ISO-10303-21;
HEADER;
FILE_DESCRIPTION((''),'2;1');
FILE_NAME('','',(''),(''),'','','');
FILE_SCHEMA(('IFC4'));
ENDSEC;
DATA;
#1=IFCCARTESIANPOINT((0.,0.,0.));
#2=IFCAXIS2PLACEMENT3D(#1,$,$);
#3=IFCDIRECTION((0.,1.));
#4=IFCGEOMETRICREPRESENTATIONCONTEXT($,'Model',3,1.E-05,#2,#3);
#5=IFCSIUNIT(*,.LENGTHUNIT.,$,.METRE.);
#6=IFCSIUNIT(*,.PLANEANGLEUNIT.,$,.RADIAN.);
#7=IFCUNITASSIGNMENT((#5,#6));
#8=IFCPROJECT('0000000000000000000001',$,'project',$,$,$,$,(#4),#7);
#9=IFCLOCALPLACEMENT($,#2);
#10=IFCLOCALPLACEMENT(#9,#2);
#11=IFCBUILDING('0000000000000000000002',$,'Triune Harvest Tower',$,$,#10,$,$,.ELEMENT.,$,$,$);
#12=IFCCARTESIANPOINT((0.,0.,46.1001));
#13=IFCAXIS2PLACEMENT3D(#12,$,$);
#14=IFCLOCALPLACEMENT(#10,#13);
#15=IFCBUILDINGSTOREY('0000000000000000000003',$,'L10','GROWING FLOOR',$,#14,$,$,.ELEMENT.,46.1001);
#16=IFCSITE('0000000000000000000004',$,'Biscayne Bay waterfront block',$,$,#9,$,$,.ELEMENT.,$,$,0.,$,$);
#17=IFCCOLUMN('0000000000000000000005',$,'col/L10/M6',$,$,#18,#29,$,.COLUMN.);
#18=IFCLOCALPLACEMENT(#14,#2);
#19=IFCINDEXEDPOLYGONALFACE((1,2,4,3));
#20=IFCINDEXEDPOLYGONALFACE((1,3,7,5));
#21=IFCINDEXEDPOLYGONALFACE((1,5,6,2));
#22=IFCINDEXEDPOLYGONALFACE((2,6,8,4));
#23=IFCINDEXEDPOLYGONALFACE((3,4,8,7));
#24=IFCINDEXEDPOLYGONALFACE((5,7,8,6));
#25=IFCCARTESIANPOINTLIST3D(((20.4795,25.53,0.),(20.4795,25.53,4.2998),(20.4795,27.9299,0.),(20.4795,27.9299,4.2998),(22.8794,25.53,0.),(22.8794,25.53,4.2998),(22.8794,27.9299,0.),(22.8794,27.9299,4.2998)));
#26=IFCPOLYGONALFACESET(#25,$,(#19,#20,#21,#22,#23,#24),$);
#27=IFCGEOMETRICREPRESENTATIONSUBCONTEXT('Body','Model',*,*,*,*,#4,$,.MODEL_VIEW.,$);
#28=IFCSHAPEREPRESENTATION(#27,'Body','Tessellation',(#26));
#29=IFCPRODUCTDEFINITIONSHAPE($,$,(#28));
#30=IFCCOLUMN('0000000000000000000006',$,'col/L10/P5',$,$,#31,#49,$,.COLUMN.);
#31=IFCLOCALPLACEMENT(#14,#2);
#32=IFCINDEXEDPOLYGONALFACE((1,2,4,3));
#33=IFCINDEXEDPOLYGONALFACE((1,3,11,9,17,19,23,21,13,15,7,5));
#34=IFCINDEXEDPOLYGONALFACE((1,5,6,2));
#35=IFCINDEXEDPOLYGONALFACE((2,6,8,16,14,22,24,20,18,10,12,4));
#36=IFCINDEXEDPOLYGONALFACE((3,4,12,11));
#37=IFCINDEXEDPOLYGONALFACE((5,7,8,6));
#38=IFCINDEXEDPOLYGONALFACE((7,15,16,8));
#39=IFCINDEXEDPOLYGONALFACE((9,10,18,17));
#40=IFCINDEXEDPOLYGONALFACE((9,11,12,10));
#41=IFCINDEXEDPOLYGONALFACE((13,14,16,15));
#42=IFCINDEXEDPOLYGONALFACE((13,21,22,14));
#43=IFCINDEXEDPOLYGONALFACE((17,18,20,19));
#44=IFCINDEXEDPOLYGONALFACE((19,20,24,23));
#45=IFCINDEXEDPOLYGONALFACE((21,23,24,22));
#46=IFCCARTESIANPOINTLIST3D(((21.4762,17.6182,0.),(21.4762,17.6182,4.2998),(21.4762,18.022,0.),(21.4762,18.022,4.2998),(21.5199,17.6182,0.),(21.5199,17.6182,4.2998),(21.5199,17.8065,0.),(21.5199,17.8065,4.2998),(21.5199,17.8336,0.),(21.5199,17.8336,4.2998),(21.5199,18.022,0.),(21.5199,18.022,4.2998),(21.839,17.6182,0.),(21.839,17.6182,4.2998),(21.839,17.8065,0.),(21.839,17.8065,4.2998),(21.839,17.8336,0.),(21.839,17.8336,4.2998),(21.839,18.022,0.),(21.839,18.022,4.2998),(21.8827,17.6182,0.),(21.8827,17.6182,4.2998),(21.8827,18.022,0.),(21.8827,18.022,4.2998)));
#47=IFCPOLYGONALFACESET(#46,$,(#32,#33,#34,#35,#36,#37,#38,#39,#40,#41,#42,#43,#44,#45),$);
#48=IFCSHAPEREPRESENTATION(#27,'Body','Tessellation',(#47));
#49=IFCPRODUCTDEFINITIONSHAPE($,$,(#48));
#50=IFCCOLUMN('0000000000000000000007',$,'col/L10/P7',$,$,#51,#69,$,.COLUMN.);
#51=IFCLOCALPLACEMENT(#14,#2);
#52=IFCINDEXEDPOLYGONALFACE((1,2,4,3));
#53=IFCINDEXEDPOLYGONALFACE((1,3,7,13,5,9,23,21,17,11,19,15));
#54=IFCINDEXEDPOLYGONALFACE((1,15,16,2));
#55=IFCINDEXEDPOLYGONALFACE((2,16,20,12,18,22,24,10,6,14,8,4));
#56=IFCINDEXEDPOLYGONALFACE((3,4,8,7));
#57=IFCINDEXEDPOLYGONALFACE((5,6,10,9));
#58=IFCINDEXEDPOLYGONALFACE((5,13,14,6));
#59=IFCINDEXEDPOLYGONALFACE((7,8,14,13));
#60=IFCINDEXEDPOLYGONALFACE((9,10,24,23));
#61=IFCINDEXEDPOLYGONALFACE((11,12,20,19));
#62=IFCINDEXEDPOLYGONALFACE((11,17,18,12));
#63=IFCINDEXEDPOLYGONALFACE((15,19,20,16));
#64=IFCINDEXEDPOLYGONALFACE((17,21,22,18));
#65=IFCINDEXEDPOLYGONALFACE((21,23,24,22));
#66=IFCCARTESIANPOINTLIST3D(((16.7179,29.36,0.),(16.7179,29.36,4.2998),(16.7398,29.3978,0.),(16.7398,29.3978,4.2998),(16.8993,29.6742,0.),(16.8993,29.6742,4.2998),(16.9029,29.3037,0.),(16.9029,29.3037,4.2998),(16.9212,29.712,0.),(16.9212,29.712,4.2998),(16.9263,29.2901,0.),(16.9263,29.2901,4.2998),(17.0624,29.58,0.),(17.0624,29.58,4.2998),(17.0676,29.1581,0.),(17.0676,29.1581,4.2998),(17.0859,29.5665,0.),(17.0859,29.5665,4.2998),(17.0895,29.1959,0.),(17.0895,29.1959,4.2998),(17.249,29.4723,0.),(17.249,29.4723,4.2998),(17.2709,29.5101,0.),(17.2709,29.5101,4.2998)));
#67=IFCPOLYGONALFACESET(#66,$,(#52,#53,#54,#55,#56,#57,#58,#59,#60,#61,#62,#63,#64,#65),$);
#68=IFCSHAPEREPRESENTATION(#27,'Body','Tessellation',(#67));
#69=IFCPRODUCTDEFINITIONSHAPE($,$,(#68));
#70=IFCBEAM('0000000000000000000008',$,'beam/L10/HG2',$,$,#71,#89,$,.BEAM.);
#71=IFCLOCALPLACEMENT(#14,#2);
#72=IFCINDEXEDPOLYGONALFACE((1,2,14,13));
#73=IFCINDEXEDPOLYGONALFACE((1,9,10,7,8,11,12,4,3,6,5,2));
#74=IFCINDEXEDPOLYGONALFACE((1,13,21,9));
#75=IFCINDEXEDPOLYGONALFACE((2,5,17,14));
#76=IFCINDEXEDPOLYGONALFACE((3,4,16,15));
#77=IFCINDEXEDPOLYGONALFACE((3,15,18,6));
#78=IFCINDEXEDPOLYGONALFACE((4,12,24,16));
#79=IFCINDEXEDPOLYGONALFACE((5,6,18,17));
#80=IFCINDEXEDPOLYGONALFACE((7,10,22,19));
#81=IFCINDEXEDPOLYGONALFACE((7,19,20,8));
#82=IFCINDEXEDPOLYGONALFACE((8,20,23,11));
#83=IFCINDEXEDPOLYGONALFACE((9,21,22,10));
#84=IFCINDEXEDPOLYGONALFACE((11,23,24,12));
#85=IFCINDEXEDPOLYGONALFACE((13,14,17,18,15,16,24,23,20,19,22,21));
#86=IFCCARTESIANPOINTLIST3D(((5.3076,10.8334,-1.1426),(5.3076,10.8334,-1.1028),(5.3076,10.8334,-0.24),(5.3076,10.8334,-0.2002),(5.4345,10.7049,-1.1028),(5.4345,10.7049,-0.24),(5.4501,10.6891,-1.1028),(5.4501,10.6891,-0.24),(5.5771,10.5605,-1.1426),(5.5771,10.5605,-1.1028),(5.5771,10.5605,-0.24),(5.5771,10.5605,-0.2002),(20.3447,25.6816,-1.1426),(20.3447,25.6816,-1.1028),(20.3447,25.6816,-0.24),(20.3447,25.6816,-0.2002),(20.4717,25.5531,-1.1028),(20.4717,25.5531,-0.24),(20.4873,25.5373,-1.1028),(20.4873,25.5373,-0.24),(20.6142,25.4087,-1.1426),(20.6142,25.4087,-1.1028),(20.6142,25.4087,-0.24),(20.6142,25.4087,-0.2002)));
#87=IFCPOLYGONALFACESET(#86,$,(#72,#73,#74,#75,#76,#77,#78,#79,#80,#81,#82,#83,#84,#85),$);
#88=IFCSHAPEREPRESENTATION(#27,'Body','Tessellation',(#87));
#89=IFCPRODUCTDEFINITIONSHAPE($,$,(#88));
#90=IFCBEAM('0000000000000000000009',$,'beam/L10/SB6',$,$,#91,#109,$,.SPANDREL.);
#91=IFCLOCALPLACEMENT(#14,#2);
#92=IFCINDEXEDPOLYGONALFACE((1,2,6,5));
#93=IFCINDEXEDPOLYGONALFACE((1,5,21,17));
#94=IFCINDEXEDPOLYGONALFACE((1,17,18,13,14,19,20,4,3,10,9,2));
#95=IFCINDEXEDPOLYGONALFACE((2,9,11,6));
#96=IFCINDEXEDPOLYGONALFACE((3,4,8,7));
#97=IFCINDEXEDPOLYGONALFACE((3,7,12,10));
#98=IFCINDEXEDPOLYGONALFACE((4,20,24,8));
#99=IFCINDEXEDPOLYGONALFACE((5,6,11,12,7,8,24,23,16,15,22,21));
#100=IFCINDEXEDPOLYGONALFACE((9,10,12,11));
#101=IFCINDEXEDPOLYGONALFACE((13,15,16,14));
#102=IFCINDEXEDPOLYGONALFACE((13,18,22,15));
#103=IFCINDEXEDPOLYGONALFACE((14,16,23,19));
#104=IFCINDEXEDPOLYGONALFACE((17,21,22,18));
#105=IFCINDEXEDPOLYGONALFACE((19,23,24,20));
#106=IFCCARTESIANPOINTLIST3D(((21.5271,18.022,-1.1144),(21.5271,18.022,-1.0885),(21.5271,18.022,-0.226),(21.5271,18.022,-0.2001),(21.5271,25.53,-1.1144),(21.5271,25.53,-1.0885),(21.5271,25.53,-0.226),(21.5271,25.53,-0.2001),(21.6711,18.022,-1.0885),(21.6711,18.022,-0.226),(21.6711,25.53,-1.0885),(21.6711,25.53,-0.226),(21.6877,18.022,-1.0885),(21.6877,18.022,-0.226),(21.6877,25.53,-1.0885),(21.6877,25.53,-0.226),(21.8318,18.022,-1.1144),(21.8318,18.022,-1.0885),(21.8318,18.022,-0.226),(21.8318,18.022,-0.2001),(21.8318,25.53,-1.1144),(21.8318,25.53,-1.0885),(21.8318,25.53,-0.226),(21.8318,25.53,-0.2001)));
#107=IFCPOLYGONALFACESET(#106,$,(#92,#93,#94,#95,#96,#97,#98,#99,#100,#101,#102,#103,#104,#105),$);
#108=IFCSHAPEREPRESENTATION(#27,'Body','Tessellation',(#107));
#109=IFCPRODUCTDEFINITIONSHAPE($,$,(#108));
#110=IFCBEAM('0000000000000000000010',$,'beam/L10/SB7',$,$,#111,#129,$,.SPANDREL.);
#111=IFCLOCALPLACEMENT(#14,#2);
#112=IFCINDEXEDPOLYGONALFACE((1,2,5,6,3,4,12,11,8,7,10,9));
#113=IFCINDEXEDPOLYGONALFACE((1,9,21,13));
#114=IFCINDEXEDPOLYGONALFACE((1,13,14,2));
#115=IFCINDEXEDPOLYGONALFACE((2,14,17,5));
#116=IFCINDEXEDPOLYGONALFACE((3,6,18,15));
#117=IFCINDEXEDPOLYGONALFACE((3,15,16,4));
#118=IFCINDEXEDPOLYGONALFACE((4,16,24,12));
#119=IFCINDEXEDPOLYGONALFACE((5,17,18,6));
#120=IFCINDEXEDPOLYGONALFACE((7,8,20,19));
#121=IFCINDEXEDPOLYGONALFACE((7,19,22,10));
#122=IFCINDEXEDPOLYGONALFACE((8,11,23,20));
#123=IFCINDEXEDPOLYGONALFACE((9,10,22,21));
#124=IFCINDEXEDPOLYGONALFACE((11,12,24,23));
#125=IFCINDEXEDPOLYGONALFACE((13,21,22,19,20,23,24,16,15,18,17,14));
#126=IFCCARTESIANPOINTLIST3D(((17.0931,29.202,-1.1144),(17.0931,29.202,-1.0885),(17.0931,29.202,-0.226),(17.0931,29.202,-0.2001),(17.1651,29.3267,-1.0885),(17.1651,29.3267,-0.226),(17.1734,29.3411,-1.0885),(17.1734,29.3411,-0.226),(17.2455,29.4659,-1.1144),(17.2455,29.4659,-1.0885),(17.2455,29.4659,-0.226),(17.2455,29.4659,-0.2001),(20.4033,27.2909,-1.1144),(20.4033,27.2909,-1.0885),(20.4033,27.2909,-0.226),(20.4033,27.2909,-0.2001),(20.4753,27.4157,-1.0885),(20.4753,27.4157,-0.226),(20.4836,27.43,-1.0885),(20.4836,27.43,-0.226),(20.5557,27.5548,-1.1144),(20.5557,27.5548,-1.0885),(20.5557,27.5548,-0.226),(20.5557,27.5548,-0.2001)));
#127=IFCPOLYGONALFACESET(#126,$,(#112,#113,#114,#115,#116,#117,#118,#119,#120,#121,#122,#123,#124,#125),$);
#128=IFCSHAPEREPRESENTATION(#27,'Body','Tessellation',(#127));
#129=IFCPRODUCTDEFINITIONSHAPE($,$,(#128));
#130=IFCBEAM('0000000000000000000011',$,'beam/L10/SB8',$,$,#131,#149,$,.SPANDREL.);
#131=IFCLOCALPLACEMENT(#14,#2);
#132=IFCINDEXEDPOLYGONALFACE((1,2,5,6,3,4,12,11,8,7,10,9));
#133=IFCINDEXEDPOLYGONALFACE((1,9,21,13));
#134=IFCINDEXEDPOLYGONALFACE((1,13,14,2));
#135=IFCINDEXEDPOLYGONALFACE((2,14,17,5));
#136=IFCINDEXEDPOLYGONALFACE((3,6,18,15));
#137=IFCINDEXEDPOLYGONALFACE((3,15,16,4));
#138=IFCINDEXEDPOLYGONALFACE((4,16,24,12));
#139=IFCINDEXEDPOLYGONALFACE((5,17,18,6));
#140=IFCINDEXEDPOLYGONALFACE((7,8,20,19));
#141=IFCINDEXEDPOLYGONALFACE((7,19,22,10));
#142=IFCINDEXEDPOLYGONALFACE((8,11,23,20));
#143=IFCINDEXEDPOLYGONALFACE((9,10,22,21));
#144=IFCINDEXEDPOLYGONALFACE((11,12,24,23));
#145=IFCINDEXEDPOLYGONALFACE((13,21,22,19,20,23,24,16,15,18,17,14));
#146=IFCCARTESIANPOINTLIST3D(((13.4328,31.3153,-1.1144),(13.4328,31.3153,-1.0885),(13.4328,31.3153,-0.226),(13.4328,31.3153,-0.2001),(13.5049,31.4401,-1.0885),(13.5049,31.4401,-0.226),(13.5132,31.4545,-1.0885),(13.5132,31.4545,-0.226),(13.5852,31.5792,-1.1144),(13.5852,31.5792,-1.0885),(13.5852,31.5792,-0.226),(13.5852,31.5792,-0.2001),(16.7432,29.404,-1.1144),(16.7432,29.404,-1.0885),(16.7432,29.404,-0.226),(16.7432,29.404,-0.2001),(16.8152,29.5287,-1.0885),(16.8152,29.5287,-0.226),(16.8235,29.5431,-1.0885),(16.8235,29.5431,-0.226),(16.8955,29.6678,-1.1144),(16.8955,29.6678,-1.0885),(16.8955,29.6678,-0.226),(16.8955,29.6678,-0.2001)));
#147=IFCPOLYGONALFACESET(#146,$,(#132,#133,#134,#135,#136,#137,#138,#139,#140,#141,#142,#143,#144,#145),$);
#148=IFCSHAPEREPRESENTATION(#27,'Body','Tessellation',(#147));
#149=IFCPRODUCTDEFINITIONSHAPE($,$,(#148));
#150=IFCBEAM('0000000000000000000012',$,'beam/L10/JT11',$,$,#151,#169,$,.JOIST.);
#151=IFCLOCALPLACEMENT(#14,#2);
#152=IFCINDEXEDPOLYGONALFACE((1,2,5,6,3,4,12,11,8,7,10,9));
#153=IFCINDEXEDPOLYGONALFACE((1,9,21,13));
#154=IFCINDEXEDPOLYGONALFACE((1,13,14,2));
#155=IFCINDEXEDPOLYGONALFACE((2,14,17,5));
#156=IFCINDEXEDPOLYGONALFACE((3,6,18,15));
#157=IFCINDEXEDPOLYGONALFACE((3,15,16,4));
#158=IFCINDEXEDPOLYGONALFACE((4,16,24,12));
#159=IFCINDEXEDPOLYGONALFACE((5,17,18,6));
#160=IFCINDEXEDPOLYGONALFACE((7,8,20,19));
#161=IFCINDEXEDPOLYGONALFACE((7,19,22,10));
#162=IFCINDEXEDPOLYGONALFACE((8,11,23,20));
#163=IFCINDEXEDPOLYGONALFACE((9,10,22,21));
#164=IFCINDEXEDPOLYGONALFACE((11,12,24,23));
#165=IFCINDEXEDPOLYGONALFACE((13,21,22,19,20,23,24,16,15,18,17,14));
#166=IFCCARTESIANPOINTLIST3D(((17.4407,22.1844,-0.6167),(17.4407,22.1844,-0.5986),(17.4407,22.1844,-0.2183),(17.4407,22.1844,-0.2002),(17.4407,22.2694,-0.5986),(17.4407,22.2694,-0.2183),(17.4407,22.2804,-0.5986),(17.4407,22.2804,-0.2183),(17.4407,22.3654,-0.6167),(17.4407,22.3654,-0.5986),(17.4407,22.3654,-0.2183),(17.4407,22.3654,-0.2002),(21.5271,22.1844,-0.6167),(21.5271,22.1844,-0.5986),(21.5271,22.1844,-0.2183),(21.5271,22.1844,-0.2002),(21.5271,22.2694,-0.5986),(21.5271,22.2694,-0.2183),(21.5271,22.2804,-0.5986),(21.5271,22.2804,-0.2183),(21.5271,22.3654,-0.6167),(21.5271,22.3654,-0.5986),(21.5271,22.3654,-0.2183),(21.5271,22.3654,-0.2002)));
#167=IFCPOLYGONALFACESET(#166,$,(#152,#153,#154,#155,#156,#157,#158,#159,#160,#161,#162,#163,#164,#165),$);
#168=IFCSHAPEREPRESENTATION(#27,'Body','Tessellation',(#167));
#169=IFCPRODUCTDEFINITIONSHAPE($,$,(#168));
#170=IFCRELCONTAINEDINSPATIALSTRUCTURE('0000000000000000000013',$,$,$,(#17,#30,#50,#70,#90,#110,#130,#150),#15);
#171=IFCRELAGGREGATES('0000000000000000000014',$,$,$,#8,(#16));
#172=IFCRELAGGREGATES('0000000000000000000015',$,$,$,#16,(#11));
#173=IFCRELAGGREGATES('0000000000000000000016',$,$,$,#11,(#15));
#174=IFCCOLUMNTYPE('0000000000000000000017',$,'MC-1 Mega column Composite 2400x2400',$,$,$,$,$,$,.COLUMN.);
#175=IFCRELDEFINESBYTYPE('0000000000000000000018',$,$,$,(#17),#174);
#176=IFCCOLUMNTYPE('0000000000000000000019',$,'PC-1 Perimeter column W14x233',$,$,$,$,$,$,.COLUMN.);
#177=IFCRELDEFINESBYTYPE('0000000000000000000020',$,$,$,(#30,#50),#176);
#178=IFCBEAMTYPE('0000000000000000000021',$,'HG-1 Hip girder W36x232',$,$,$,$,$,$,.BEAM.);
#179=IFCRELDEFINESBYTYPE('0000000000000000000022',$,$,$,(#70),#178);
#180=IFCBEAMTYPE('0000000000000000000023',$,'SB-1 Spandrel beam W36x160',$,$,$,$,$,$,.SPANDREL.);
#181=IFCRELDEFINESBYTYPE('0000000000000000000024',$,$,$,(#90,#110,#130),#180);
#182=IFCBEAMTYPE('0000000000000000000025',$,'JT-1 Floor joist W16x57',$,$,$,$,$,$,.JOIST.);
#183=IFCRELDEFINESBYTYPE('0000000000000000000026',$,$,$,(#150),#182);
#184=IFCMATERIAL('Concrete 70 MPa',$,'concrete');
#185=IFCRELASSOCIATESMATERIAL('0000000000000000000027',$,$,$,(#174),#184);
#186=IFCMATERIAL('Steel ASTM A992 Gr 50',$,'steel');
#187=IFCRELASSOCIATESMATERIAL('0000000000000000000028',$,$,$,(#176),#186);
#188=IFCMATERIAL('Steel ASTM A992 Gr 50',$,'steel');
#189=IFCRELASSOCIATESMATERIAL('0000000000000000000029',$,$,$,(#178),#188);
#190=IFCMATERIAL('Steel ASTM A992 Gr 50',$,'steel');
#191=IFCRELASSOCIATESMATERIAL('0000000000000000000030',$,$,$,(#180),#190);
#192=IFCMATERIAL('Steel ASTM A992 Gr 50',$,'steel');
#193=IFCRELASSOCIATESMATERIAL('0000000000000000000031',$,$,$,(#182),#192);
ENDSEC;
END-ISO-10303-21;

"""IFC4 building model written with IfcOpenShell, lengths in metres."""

from ifc_helpers import new_model, si_unit, direction, frame, origin, origin_2d, place, context, subcontext, project, spatial, rectangle, i_section, extrude, source, transform, mapped, material, material_profile, profile_set, type_object, element, save


model = new_model("IFC4")

# Units and contexts
model_context = context("Model", 3, precision=1e-05, world=origin(), true_north=direction((0.0, 1.0)))
body_context = subcontext(model_context, "Body", "Model", "MODEL_VIEW")
ifc_project = project(units=[si_unit("LENGTHUNIT", "METRE"), si_unit("PLANEANGLEUNIT", "RADIAN")], contexts=[model_context])

# Site, building, storey
site_placement = place(None, origin())
site = spatial("IfcSite", under=ifc_project, at=site_placement, Name="Biscayne Bay waterfront block", CompositionType="ELEMENT", RefElevation=0.0)
building_placement = place(site_placement, origin())
building = spatial("IfcBuilding", under=site, at=building_placement, Name="Triune Harvest Tower", CompositionType="ELEMENT")
storey_placement = place(building_placement, frame((0.0, 0.0, 46.1001)))
storey = spatial("IfcBuildingStorey", under=building, at=storey_placement, Name="L10", Description="GROWING FLOOR", CompositionType="ELEMENT", Elevation=46.1001)

# Columns
ifc_material_1 = material(Name="Concrete 70 MPa", Category="concrete")
ifc_material_profile_1 = material_profile(ifc_material_1, rectangle(XDim=2.3999, YDim=2.3999, at=origin_2d()), Name="Composite 2400x2400")
ifc_profile_set_1 = profile_set([ifc_material_profile_1], Name="Concrete 70 MPa")
column_type_1 = type_object("IfcColumnType", Name="MC-1 Mega column Composite 2400x2400", PredefinedType="COLUMN", material=ifc_profile_set_1)
shared_shape_1 = source(origin(), body_context, "Body", "SweptSolid", [
    extrude(rectangle(XDim=2.3999, YDim=2.3999, at=origin_2d()), origin(), (0.0, 0.0, 1.0), 4.2998),
])
column_placement = place(storey_placement, frame((21.6794, 26.73, 0.0), z_axis=(0.0, 0.0, 1.0), x_axis=(0.0, 1.0, 0.0)))
element("IfcColumn", 1, at=column_placement, inside=storey, type_object=column_type_1, Name="col/L10/M6", PredefinedType="COLUMN", context=body_context, shape_type="MappedRepresentation", body=[
    mapped(shared_shape_1, transform((0.0, 0.0, 0.0), scale=1.0)),
])
ifc_material_2 = material(Name="Steel ASTM A992 Gr 50", Category="steel")
ifc_material_profile_2 = material_profile(ifc_material_2, i_section(OverallWidth=0.4038, OverallDepth=0.4065, WebThickness=0.0271, FlangeThickness=0.0437, at=origin_2d()), Name="W14x233")
ifc_profile_set_2 = profile_set([ifc_material_profile_2], Name="Steel ASTM A992 Gr 50")
column_type_2 = type_object("IfcColumnType", Name="PC-1 Perimeter column W14x233", PredefinedType="COLUMN", material=ifc_profile_set_2)
shared_shape_2 = source(origin(), body_context, "Body", "SweptSolid", [
    extrude(i_section(OverallWidth=0.4038, OverallDepth=0.4065, WebThickness=0.0271, FlangeThickness=0.0437, at=origin_2d()), origin(), (0.0, 0.0, 1.0), 4.2998),
])
for number, where, z_axis, x_axis, name in (
    (2, (21.6794, 17.8201, 0.0), (0.0, 0.0, 1.0), (0.0, 1.0, 0.0), "col/L10/P5"),
    (3, (16.9944, 29.4351, 0.0), (0.0, 0.0, 1.0), (-0.866026, 0.499998, 0.0), "col/L10/P7"),
):
    element("IfcColumn", number, at=place(storey_placement, frame(where, z_axis=z_axis, x_axis=x_axis)), inside=storey, type_object=column_type_2, Name=name, PredefinedType="COLUMN", context=body_context, shape_type="MappedRepresentation", body=[
        mapped(shared_shape_2, transform((0.0, 0.0, 0.0), scale=1.0)),
    ])

# Beams
ifc_material_3 = material(Name="Steel ASTM A992 Gr 50", Category="steel")
ifc_material_profile_3 = material_profile(ifc_material_3, i_section(OverallWidth=0.3835, OverallDepth=0.9424, WebThickness=0.0222, FlangeThickness=0.0398, at=origin_2d()), Name="W36x232")
ifc_profile_set_3 = profile_set([ifc_material_profile_3], Name="Steel ASTM A992 Gr 50")
beam_type_1 = type_object("IfcBeamType", Name="HG-1 Hip girder W36x232", PredefinedType="BEAM", material=ifc_profile_set_3)
shared_shape_3 = source(origin(), body_context, "Body", "SweptSolid", [
    extrude(i_section(OverallWidth=0.3835, OverallDepth=0.9424, WebThickness=0.0222, FlangeThickness=0.0398, at=origin_2d()), origin(), (0.0, 0.0, 1.0), 21.1326),
])
beam_1_placement = place(storey_placement, frame((20.4795, 25.5452, -0.6714), z_axis=(-0.711564, -0.702622, 0.0), x_axis=(0.702622, -0.711564, 0.0)))
element("IfcBeam", 4, at=beam_1_placement, inside=storey, type_object=beam_type_1, Name="beam/L10/HG2", PredefinedType="BEAM", context=body_context, shape_type="MappedRepresentation", body=[
    mapped(shared_shape_3, transform((0.0, 0.0, 0.0), scale=1.0)),
])
ifc_material_4 = material(Name="Steel ASTM A992 Gr 50", Category="steel")
ifc_material_profile_4 = material_profile(ifc_material_4, i_section(OverallWidth=0.3047, OverallDepth=0.9143, WebThickness=0.0166, FlangeThickness=0.0259, at=origin_2d()), Name="W36x160")
ifc_profile_set_4 = profile_set([ifc_material_profile_4], Name="Steel ASTM A992 Gr 50")
beam_type_2 = type_object("IfcBeamType", Name="SB-1 Spandrel beam W36x160", PredefinedType="SPANDREL", material=ifc_profile_set_4)
shared_shape_4 = source(origin(), body_context, "Body", "SweptSolid", [
    extrude(i_section(OverallWidth=0.3047, OverallDepth=0.9143, WebThickness=0.0166, FlangeThickness=0.0259, at=origin_2d()), origin(), (0.0, 0.0, 1.0), 7.5081),
])
beam_2_placement = place(storey_placement, frame((21.6794, 18.022, -0.6572), z_axis=(0.0, 1.0, 0.0), x_axis=(-1.0, 0.0, 0.0)))
element("IfcBeam", 5, at=beam_2_placement, inside=storey, type_object=beam_type_2, Name="beam/L10/SB6", PredefinedType="SPANDREL", context=body_context, shape_type="MappedRepresentation", body=[
    mapped(shared_shape_4, transform((0.0, 0.0, 0.0), scale=1.0)),
])
shared_shape_5 = source(origin(), body_context, "Body", "SweptSolid", [
    extrude(i_section(OverallWidth=0.3047, OverallDepth=0.9143, WebThickness=0.0166, FlangeThickness=0.0259, at=origin_2d()), origin(), (0.0, 0.0, 1.0), 3.8223),
])
beam_3_placement = place(storey_placement, frame((20.4795, 27.4229, -0.6572), z_axis=(-0.866033, 0.499986, 0.0), x_axis=(-0.499986, -0.866033, 0.0)))
element("IfcBeam", 6, at=beam_3_placement, inside=storey, type_object=beam_type_2, Name="beam/L10/SB7", PredefinedType="SPANDREL", context=body_context, shape_type="MappedRepresentation", body=[
    mapped(shared_shape_5, transform((0.0, 0.0, 0.0), scale=1.0)),
])
shared_shape_6 = source(origin(), body_context, "Body", "SweptSolid", [
    extrude(i_section(OverallWidth=0.3047, OverallDepth=0.9143, WebThickness=0.0166, FlangeThickness=0.0259, at=origin_2d()), origin(), (0.0, 0.0, 1.0), 3.8225),
])
beam_4_placement = place(storey_placement, frame((16.8193, 29.5359, -0.6572), z_axis=(-0.866006, 0.500034, 0.0), x_axis=(-0.500034, -0.866006, 0.0)))
element("IfcBeam", 7, at=beam_4_placement, inside=storey, type_object=beam_type_2, Name="beam/L10/SB8", PredefinedType="SPANDREL", context=body_context, shape_type="MappedRepresentation", body=[
    mapped(shared_shape_6, transform((0.0, 0.0, 0.0), scale=1.0)),
])
ifc_material_5 = material(Name="Steel ASTM A992 Gr 50", Category="steel")
ifc_material_profile_5 = material_profile(ifc_material_5, i_section(OverallWidth=0.1809, OverallDepth=0.4165, WebThickness=0.011, FlangeThickness=0.0181, at=origin_2d()), Name="W16x57")
ifc_profile_set_5 = profile_set([ifc_material_profile_5], Name="Steel ASTM A992 Gr 50")
beam_type_3 = type_object("IfcBeamType", Name="JT-1 Floor joist W16x57", PredefinedType="JOIST", material=ifc_profile_set_5)
shared_shape_7 = source(origin(), body_context, "Body", "SweptSolid", [
    extrude(i_section(OverallWidth=0.1809, OverallDepth=0.4165, WebThickness=0.011, FlangeThickness=0.0181, at=origin_2d()), origin(), (0.0, 0.0, 1.0), 4.0864),
])
beam_5_placement = place(storey_placement, frame((21.5271, 22.2749, -0.4084), z_axis=(-1.0, 0.0, 0.0), x_axis=(0.0, -1.0, 0.0)))
element("IfcBeam", 8, at=beam_5_placement, inside=storey, type_object=beam_type_3, Name="beam/L10/JT11", PredefinedType="JOIST", context=body_context, shape_type="MappedRepresentation", body=[
    mapped(shared_shape_7, transform((0.0, 0.0, 0.0), scale=1.0)),
])

save(model, "model.ifc")
